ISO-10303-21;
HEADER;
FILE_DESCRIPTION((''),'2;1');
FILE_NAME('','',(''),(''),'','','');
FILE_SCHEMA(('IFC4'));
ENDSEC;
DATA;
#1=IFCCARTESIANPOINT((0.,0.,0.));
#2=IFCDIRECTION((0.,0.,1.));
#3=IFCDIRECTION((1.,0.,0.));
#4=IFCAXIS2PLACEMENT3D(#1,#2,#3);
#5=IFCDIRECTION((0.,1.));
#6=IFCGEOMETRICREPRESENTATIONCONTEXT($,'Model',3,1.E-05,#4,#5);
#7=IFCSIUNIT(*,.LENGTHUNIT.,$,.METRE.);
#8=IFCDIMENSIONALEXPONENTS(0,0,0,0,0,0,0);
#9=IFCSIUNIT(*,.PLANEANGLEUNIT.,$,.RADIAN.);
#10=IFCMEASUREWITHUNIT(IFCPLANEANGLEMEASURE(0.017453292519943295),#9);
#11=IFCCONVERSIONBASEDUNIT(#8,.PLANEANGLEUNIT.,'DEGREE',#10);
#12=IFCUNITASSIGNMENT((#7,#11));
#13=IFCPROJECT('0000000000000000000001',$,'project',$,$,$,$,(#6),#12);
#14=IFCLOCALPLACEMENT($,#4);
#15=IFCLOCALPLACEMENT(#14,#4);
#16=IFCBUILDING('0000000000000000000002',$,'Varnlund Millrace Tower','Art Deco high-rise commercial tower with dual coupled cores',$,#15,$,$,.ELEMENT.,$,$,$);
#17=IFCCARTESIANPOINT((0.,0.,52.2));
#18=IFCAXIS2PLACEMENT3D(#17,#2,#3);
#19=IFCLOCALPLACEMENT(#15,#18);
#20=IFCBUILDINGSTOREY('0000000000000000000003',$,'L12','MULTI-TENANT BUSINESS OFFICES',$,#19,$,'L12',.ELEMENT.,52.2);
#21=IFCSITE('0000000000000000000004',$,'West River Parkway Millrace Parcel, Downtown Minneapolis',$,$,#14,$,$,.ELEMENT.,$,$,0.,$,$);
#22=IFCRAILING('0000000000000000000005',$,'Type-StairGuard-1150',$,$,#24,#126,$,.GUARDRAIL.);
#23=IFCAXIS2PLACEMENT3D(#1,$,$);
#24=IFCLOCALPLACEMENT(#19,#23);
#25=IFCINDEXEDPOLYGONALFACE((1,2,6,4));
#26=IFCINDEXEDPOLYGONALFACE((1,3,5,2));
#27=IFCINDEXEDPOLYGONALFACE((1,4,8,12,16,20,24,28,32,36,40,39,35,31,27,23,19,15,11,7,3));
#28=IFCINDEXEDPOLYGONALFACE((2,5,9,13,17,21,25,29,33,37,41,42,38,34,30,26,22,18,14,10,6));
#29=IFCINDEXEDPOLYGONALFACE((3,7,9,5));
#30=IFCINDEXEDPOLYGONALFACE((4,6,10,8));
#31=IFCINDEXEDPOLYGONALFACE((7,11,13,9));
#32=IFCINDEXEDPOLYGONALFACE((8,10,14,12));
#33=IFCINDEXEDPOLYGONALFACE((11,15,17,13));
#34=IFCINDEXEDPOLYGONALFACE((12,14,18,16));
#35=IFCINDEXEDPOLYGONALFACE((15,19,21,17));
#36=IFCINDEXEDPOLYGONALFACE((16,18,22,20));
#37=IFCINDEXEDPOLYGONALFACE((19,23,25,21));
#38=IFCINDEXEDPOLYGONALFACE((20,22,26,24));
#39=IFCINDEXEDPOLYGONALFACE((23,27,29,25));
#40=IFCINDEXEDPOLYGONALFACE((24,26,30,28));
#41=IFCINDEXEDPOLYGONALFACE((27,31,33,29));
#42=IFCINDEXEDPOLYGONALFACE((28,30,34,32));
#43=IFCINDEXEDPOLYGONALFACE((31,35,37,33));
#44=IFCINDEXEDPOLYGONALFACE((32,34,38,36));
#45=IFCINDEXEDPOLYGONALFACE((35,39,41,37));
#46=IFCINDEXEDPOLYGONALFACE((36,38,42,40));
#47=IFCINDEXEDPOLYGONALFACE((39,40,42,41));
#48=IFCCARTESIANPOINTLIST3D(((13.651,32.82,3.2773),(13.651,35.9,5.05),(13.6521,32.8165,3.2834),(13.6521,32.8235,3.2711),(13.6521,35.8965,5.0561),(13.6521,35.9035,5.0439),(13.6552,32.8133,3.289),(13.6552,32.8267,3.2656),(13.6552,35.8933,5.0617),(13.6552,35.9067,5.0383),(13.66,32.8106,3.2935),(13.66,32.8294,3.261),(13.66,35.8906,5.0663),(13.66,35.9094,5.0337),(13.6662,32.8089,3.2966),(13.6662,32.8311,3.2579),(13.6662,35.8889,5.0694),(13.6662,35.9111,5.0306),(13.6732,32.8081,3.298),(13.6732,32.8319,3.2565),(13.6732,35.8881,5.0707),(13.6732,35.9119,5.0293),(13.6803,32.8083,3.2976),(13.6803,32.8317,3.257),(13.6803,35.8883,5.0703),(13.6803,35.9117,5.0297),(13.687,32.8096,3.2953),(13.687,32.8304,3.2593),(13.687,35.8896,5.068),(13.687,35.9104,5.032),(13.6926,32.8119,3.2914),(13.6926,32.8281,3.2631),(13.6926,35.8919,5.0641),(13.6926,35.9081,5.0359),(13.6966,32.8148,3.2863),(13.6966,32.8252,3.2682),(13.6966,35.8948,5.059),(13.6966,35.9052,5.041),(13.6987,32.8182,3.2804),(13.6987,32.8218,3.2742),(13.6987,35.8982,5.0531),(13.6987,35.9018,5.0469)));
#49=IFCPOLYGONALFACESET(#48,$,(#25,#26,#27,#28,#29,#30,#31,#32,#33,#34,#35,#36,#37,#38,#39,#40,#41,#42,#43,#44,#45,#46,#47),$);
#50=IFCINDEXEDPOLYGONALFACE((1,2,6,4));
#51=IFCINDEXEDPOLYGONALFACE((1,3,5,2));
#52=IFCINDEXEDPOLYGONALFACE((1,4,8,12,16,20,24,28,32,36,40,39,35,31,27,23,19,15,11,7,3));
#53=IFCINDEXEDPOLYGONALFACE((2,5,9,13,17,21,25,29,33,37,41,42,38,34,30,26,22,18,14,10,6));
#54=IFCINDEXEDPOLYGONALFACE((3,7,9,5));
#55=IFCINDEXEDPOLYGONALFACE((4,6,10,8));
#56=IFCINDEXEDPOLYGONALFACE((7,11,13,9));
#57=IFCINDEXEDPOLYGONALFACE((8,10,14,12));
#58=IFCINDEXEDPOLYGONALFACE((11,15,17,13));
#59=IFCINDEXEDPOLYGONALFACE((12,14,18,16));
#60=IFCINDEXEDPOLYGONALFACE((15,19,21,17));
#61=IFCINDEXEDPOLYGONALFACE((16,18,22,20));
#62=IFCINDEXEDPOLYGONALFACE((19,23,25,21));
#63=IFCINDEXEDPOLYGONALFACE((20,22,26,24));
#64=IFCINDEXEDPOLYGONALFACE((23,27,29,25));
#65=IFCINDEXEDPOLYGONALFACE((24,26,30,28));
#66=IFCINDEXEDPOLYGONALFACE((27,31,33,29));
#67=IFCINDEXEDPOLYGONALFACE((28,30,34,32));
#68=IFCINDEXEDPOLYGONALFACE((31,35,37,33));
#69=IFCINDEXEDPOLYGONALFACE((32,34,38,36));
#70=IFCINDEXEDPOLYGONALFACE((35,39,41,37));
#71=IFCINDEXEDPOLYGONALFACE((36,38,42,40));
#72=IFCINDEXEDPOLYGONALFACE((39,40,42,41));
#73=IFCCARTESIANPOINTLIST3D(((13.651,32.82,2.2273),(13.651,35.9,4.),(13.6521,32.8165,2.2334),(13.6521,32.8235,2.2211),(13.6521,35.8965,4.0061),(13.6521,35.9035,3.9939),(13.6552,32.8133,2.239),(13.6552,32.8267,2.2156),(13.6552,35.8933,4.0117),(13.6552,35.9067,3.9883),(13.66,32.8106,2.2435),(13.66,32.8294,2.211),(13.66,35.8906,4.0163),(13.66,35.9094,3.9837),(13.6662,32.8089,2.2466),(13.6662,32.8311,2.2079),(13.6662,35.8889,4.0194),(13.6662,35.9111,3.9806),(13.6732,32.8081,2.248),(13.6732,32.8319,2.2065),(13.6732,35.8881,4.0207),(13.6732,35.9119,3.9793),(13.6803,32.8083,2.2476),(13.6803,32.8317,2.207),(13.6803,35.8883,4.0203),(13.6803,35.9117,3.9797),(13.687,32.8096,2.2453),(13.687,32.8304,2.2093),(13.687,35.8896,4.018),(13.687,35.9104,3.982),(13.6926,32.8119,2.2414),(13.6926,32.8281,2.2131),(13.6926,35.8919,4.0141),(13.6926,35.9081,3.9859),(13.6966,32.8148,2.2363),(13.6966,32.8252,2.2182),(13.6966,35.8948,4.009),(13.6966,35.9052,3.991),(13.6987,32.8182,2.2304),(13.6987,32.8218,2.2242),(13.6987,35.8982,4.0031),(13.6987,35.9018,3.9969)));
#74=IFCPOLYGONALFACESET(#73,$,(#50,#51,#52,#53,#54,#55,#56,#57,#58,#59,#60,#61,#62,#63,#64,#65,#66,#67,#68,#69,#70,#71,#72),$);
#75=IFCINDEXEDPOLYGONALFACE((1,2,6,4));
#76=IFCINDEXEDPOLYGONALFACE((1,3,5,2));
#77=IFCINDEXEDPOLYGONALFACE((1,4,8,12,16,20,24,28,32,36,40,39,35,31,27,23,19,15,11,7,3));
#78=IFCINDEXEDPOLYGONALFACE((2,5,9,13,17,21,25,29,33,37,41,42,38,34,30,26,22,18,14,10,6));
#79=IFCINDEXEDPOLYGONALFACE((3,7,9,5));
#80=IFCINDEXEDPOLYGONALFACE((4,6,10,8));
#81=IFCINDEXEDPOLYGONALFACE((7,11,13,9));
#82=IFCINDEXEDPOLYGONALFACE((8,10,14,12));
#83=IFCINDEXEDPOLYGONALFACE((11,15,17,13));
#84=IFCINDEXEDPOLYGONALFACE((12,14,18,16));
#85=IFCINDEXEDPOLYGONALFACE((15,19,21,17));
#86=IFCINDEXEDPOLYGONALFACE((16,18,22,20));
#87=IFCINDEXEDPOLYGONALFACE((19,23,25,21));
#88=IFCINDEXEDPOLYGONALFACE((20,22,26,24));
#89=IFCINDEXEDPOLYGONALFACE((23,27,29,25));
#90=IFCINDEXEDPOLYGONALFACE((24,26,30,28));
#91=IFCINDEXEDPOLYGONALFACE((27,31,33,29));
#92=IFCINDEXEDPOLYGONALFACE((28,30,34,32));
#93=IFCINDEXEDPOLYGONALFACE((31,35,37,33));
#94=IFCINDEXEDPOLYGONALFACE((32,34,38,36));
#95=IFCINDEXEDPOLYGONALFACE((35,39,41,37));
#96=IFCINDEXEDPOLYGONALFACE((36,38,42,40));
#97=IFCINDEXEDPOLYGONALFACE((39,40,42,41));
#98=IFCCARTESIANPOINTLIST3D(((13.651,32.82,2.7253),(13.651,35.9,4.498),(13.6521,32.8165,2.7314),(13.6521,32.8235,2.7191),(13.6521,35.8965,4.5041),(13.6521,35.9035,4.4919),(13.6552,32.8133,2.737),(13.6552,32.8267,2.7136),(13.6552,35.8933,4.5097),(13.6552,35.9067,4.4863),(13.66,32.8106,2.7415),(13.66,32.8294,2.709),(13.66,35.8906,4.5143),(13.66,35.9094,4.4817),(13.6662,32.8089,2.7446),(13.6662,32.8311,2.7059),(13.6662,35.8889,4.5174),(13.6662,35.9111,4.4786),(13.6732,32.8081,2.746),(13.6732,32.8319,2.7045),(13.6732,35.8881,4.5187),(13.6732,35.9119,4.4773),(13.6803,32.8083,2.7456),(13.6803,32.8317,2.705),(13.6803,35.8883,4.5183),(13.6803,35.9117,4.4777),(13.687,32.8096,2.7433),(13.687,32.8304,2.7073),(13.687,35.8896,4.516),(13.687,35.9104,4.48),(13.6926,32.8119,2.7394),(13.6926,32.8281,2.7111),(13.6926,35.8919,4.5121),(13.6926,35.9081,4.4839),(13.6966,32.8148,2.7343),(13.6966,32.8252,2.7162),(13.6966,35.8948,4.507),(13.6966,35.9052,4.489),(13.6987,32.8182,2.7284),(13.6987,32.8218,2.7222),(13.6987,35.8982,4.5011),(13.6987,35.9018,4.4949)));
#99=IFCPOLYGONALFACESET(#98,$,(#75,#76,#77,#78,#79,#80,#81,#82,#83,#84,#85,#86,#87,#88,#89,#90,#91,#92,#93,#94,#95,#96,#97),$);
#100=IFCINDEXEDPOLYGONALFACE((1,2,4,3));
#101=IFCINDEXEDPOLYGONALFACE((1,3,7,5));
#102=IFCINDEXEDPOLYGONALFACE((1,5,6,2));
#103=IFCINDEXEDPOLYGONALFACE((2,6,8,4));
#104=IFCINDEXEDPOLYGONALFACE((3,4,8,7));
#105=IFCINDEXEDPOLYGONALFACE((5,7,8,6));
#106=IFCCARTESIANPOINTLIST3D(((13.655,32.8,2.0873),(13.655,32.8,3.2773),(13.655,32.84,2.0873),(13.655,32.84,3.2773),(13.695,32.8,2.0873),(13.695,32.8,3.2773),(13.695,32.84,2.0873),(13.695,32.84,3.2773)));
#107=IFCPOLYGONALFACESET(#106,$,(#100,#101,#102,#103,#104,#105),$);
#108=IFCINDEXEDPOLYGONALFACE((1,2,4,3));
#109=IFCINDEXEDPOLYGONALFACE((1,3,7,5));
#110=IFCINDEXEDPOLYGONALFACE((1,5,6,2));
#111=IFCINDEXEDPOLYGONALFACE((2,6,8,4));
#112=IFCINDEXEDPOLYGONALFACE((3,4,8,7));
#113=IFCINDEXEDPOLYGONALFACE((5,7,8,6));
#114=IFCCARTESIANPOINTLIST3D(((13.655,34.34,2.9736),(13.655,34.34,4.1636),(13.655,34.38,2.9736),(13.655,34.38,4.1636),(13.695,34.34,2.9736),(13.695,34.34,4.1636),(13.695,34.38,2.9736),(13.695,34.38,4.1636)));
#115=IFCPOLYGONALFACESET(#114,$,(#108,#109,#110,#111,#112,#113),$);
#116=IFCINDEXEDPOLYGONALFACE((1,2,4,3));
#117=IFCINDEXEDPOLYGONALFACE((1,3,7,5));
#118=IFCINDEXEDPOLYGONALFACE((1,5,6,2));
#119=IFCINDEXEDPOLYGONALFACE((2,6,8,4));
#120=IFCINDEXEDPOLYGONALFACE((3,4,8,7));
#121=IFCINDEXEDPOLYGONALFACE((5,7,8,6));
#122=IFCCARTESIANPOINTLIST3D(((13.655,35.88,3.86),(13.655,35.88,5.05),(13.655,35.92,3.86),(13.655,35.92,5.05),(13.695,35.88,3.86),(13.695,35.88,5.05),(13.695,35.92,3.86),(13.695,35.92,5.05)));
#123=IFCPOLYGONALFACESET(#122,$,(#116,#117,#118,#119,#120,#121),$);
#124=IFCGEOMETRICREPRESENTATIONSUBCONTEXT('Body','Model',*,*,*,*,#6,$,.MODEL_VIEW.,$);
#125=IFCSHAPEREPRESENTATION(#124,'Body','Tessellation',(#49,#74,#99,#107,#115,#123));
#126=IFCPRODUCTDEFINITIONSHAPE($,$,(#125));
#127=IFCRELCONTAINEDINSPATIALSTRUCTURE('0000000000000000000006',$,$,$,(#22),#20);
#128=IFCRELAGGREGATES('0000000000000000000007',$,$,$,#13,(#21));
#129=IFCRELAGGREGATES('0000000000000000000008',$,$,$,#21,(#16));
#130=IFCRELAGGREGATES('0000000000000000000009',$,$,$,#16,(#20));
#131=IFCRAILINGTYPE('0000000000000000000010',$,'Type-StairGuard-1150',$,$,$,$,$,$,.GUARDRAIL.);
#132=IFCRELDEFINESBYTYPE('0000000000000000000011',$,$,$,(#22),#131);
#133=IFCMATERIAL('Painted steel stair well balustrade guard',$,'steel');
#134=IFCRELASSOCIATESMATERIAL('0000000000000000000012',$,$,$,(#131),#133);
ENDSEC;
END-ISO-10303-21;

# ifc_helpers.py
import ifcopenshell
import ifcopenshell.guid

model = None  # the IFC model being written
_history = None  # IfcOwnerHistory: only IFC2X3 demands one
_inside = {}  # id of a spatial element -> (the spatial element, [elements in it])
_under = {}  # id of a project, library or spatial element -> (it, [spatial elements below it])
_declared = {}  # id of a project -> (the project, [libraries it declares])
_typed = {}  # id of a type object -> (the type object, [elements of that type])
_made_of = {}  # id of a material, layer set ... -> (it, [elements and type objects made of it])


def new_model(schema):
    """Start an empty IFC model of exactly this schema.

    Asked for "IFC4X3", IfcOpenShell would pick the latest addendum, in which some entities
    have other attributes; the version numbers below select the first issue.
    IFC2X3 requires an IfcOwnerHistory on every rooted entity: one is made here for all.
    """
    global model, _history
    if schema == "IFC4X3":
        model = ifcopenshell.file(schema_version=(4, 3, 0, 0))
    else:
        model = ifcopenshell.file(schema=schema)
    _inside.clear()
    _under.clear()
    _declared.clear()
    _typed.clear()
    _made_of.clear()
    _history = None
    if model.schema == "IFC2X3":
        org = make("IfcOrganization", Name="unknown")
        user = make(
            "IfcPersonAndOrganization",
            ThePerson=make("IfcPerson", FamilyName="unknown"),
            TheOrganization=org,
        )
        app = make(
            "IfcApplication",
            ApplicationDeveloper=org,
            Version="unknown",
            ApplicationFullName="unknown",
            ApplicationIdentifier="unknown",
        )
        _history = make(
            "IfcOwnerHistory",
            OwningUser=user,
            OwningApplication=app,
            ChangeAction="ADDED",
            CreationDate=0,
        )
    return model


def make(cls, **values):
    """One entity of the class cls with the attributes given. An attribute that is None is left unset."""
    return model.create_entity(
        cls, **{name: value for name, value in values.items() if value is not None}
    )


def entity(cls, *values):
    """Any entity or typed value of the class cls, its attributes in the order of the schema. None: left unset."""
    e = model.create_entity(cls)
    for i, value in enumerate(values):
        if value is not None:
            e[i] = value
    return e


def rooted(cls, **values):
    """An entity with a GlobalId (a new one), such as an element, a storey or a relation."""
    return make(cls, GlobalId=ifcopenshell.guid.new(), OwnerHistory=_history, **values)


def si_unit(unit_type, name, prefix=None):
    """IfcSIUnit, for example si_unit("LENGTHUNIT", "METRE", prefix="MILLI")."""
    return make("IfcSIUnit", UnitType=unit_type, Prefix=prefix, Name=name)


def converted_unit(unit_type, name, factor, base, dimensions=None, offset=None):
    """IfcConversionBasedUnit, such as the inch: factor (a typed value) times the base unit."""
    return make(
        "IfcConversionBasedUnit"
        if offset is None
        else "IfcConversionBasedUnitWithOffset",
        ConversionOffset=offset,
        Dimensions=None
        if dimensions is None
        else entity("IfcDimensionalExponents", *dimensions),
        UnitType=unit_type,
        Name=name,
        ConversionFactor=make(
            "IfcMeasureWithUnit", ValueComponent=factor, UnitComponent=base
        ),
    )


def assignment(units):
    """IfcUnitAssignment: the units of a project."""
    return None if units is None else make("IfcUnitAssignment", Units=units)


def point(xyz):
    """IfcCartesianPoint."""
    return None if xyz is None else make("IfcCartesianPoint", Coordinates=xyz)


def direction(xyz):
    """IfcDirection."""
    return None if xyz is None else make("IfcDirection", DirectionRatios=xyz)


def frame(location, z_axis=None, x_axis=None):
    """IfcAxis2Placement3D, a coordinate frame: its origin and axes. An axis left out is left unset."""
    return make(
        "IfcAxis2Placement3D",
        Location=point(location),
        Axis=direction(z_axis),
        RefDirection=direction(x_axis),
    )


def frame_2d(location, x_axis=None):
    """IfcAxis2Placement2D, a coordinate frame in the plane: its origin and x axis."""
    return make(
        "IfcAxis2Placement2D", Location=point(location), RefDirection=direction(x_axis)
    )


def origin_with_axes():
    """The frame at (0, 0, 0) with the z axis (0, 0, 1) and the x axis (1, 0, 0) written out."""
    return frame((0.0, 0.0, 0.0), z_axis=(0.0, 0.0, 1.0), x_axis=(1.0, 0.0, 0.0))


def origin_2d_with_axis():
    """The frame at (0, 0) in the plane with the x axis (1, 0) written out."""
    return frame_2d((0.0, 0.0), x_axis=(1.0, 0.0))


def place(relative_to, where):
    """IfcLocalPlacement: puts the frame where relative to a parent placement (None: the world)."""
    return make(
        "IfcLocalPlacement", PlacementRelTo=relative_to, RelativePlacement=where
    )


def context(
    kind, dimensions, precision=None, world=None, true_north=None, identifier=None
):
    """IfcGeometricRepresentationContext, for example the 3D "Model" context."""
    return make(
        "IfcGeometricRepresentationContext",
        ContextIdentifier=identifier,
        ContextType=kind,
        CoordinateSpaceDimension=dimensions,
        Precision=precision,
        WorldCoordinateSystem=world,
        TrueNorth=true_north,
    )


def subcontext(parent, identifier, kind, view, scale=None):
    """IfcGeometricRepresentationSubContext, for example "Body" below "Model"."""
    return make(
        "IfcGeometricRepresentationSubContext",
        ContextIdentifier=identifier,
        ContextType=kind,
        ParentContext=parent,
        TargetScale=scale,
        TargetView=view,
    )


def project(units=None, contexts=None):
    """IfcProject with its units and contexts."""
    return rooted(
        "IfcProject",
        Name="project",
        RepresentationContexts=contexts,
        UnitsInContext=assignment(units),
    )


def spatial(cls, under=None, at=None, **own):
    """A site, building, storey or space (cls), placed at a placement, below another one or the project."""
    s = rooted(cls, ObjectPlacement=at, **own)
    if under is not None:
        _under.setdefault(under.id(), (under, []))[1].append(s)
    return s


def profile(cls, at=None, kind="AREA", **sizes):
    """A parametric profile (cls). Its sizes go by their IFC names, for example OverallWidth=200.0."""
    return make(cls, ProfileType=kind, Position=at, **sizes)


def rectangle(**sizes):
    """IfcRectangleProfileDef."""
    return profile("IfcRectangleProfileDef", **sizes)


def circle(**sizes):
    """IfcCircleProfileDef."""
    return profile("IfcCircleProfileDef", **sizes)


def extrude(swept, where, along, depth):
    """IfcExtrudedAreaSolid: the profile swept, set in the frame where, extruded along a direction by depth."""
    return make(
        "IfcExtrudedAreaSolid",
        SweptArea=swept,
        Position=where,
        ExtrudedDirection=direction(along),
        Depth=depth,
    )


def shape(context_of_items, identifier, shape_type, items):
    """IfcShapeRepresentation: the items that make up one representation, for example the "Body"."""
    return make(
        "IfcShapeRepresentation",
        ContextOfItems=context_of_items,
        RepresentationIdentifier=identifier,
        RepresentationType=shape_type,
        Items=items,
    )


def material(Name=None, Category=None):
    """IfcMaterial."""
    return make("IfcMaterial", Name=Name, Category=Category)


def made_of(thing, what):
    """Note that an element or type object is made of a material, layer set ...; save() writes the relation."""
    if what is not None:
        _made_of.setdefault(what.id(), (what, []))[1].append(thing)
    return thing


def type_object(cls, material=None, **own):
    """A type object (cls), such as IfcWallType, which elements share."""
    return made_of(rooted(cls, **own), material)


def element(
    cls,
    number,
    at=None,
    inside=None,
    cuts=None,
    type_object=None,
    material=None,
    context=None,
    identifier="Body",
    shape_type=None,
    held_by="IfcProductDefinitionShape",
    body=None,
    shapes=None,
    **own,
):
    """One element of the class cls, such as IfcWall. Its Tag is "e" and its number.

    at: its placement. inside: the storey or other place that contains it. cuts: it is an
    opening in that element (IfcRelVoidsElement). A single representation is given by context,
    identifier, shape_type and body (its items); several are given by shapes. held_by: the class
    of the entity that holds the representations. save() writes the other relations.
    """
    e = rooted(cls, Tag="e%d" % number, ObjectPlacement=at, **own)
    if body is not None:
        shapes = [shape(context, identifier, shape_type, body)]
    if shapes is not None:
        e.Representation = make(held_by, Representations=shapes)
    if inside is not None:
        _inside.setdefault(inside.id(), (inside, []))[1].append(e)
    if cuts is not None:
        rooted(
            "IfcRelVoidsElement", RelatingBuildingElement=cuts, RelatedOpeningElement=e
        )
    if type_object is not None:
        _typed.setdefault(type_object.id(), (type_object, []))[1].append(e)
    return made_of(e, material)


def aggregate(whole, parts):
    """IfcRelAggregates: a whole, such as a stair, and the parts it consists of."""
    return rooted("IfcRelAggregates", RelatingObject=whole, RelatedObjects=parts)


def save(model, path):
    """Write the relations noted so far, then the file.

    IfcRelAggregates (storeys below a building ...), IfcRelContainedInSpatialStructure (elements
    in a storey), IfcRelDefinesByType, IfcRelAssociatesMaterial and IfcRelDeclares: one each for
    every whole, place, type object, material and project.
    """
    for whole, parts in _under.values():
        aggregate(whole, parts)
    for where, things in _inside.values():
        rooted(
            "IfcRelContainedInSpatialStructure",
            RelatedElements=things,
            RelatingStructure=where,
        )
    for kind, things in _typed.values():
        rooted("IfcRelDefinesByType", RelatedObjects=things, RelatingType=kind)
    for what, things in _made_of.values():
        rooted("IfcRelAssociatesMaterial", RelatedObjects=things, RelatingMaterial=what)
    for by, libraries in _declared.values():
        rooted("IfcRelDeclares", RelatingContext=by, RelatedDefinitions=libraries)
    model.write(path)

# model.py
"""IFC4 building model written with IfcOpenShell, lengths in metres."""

from ifc_helpers import new_model, entity, si_unit, converted_unit, direction, frame, origin_with_axes, origin_2d_with_axis, place, context, subcontext, project, spatial, rectangle, circle, extrude, material, type_object, element, save


model = new_model("IFC4")

# Units and contexts
model_context = context("Model", 3, precision=1e-05, world=origin_with_axes(), true_north=direction((0.0, 1.0)))
body_context = subcontext(model_context, "Body", "Model", "MODEL_VIEW")
ifc_project = project(units=[si_unit("LENGTHUNIT", "METRE"), converted_unit("PLANEANGLEUNIT", "DEGREE", entity("IfcPlaneAngleMeasure", 0.017453292519943295), si_unit("PLANEANGLEUNIT", "RADIAN"), dimensions=[0, 0, 0, 0, 0, 0, 0])], contexts=[model_context])

# Site, building, storey
site_placement = place(None, origin_with_axes())
site = spatial("IfcSite", under=ifc_project, at=site_placement, Name="West River Parkway Millrace Parcel, Downtown Minneapolis", CompositionType="ELEMENT", RefElevation=0.0)
building_placement = place(site_placement, origin_with_axes())
building = spatial("IfcBuilding", under=site, at=building_placement, Name="Varnlund Millrace Tower", Description="Art Deco high-rise commercial tower with dual coupled cores", CompositionType="ELEMENT")
storey_placement = place(building_placement, frame((0.0, 0.0, 52.2), z_axis=(0.0, 0.0, 1.0), x_axis=(1.0, 0.0, 0.0)))
storey = spatial("IfcBuildingStorey", under=building, at=storey_placement, Name="L12", Description="MULTI-TENANT BUSINESS OFFICES", LongName="L12", CompositionType="ELEMENT", Elevation=52.2)

# Railing
ifc_material_1 = material(Name="Painted steel stair well balustrade guard", Category="steel")
railing_type_1 = type_object("IfcRailingType", Name="Type-StairGuard-1150", PredefinedType="GUARDRAIL", material=ifc_material_1)
railing_1_placement = place(storey_placement, frame((0.0, 0.0, -52.2), z_axis=(0.0, 0.0, 1.0), x_axis=(1.0, 0.0, 0.0)))
element("IfcRailing", 1, at=railing_1_placement, inside=storey, type_object=railing_type_1, Name="Type-StairGuard-1150", PredefinedType="GUARDRAIL", context=body_context, shape_type="SweptSolid", body=[
    extrude(circle(Radius=0.024, at=origin_2d_with_axis()), frame((13.675, 32.82, 55.4773), z_axis=(0.0, 0.866696, 0.498836), x_axis=(-1.0, 0.0, 0.0)), (0.0, 0.0, 1.0), 3.5537),
    extrude(circle(Radius=0.024, at=origin_2d_with_axis()), frame((13.675, 32.82, 54.4273), z_axis=(0.0, 0.866696, 0.498836), x_axis=(-1.0, 0.0, 0.0)), (0.0, 0.0, 1.0), 3.5537),
    extrude(circle(Radius=0.024, at=origin_2d_with_axis()), frame((13.675, 32.82, 54.9253), z_axis=(0.0, 0.866696, 0.498836), x_axis=(-1.0, 0.0, 0.0)), (0.0, 0.0, 1.0), 3.5537),
    extrude(rectangle(XDim=0.04, YDim=0.04, at=origin_2d_with_axis()), frame((13.675, 32.82, 54.2873), z_axis=(0.0, 0.0, 1.0), x_axis=(1.0, 0.0, 0.0)), (0.0, 0.0, 1.0), 1.19),
    extrude(rectangle(XDim=0.04, YDim=0.04, at=origin_2d_with_axis()), frame((13.675, 34.36, 55.1736), z_axis=(0.0, 0.0, 1.0), x_axis=(1.0, 0.0, 0.0)), (0.0, 0.0, 1.0), 1.19),
    extrude(rectangle(XDim=0.04, YDim=0.04, at=origin_2d_with_axis()), frame((13.675, 35.9, 56.06), z_axis=(0.0, 0.0, 1.0), x_axis=(1.0, 0.0, 0.0)), (0.0, 0.0, 1.0), 1.19),
])

save(model, "model.ifc")
